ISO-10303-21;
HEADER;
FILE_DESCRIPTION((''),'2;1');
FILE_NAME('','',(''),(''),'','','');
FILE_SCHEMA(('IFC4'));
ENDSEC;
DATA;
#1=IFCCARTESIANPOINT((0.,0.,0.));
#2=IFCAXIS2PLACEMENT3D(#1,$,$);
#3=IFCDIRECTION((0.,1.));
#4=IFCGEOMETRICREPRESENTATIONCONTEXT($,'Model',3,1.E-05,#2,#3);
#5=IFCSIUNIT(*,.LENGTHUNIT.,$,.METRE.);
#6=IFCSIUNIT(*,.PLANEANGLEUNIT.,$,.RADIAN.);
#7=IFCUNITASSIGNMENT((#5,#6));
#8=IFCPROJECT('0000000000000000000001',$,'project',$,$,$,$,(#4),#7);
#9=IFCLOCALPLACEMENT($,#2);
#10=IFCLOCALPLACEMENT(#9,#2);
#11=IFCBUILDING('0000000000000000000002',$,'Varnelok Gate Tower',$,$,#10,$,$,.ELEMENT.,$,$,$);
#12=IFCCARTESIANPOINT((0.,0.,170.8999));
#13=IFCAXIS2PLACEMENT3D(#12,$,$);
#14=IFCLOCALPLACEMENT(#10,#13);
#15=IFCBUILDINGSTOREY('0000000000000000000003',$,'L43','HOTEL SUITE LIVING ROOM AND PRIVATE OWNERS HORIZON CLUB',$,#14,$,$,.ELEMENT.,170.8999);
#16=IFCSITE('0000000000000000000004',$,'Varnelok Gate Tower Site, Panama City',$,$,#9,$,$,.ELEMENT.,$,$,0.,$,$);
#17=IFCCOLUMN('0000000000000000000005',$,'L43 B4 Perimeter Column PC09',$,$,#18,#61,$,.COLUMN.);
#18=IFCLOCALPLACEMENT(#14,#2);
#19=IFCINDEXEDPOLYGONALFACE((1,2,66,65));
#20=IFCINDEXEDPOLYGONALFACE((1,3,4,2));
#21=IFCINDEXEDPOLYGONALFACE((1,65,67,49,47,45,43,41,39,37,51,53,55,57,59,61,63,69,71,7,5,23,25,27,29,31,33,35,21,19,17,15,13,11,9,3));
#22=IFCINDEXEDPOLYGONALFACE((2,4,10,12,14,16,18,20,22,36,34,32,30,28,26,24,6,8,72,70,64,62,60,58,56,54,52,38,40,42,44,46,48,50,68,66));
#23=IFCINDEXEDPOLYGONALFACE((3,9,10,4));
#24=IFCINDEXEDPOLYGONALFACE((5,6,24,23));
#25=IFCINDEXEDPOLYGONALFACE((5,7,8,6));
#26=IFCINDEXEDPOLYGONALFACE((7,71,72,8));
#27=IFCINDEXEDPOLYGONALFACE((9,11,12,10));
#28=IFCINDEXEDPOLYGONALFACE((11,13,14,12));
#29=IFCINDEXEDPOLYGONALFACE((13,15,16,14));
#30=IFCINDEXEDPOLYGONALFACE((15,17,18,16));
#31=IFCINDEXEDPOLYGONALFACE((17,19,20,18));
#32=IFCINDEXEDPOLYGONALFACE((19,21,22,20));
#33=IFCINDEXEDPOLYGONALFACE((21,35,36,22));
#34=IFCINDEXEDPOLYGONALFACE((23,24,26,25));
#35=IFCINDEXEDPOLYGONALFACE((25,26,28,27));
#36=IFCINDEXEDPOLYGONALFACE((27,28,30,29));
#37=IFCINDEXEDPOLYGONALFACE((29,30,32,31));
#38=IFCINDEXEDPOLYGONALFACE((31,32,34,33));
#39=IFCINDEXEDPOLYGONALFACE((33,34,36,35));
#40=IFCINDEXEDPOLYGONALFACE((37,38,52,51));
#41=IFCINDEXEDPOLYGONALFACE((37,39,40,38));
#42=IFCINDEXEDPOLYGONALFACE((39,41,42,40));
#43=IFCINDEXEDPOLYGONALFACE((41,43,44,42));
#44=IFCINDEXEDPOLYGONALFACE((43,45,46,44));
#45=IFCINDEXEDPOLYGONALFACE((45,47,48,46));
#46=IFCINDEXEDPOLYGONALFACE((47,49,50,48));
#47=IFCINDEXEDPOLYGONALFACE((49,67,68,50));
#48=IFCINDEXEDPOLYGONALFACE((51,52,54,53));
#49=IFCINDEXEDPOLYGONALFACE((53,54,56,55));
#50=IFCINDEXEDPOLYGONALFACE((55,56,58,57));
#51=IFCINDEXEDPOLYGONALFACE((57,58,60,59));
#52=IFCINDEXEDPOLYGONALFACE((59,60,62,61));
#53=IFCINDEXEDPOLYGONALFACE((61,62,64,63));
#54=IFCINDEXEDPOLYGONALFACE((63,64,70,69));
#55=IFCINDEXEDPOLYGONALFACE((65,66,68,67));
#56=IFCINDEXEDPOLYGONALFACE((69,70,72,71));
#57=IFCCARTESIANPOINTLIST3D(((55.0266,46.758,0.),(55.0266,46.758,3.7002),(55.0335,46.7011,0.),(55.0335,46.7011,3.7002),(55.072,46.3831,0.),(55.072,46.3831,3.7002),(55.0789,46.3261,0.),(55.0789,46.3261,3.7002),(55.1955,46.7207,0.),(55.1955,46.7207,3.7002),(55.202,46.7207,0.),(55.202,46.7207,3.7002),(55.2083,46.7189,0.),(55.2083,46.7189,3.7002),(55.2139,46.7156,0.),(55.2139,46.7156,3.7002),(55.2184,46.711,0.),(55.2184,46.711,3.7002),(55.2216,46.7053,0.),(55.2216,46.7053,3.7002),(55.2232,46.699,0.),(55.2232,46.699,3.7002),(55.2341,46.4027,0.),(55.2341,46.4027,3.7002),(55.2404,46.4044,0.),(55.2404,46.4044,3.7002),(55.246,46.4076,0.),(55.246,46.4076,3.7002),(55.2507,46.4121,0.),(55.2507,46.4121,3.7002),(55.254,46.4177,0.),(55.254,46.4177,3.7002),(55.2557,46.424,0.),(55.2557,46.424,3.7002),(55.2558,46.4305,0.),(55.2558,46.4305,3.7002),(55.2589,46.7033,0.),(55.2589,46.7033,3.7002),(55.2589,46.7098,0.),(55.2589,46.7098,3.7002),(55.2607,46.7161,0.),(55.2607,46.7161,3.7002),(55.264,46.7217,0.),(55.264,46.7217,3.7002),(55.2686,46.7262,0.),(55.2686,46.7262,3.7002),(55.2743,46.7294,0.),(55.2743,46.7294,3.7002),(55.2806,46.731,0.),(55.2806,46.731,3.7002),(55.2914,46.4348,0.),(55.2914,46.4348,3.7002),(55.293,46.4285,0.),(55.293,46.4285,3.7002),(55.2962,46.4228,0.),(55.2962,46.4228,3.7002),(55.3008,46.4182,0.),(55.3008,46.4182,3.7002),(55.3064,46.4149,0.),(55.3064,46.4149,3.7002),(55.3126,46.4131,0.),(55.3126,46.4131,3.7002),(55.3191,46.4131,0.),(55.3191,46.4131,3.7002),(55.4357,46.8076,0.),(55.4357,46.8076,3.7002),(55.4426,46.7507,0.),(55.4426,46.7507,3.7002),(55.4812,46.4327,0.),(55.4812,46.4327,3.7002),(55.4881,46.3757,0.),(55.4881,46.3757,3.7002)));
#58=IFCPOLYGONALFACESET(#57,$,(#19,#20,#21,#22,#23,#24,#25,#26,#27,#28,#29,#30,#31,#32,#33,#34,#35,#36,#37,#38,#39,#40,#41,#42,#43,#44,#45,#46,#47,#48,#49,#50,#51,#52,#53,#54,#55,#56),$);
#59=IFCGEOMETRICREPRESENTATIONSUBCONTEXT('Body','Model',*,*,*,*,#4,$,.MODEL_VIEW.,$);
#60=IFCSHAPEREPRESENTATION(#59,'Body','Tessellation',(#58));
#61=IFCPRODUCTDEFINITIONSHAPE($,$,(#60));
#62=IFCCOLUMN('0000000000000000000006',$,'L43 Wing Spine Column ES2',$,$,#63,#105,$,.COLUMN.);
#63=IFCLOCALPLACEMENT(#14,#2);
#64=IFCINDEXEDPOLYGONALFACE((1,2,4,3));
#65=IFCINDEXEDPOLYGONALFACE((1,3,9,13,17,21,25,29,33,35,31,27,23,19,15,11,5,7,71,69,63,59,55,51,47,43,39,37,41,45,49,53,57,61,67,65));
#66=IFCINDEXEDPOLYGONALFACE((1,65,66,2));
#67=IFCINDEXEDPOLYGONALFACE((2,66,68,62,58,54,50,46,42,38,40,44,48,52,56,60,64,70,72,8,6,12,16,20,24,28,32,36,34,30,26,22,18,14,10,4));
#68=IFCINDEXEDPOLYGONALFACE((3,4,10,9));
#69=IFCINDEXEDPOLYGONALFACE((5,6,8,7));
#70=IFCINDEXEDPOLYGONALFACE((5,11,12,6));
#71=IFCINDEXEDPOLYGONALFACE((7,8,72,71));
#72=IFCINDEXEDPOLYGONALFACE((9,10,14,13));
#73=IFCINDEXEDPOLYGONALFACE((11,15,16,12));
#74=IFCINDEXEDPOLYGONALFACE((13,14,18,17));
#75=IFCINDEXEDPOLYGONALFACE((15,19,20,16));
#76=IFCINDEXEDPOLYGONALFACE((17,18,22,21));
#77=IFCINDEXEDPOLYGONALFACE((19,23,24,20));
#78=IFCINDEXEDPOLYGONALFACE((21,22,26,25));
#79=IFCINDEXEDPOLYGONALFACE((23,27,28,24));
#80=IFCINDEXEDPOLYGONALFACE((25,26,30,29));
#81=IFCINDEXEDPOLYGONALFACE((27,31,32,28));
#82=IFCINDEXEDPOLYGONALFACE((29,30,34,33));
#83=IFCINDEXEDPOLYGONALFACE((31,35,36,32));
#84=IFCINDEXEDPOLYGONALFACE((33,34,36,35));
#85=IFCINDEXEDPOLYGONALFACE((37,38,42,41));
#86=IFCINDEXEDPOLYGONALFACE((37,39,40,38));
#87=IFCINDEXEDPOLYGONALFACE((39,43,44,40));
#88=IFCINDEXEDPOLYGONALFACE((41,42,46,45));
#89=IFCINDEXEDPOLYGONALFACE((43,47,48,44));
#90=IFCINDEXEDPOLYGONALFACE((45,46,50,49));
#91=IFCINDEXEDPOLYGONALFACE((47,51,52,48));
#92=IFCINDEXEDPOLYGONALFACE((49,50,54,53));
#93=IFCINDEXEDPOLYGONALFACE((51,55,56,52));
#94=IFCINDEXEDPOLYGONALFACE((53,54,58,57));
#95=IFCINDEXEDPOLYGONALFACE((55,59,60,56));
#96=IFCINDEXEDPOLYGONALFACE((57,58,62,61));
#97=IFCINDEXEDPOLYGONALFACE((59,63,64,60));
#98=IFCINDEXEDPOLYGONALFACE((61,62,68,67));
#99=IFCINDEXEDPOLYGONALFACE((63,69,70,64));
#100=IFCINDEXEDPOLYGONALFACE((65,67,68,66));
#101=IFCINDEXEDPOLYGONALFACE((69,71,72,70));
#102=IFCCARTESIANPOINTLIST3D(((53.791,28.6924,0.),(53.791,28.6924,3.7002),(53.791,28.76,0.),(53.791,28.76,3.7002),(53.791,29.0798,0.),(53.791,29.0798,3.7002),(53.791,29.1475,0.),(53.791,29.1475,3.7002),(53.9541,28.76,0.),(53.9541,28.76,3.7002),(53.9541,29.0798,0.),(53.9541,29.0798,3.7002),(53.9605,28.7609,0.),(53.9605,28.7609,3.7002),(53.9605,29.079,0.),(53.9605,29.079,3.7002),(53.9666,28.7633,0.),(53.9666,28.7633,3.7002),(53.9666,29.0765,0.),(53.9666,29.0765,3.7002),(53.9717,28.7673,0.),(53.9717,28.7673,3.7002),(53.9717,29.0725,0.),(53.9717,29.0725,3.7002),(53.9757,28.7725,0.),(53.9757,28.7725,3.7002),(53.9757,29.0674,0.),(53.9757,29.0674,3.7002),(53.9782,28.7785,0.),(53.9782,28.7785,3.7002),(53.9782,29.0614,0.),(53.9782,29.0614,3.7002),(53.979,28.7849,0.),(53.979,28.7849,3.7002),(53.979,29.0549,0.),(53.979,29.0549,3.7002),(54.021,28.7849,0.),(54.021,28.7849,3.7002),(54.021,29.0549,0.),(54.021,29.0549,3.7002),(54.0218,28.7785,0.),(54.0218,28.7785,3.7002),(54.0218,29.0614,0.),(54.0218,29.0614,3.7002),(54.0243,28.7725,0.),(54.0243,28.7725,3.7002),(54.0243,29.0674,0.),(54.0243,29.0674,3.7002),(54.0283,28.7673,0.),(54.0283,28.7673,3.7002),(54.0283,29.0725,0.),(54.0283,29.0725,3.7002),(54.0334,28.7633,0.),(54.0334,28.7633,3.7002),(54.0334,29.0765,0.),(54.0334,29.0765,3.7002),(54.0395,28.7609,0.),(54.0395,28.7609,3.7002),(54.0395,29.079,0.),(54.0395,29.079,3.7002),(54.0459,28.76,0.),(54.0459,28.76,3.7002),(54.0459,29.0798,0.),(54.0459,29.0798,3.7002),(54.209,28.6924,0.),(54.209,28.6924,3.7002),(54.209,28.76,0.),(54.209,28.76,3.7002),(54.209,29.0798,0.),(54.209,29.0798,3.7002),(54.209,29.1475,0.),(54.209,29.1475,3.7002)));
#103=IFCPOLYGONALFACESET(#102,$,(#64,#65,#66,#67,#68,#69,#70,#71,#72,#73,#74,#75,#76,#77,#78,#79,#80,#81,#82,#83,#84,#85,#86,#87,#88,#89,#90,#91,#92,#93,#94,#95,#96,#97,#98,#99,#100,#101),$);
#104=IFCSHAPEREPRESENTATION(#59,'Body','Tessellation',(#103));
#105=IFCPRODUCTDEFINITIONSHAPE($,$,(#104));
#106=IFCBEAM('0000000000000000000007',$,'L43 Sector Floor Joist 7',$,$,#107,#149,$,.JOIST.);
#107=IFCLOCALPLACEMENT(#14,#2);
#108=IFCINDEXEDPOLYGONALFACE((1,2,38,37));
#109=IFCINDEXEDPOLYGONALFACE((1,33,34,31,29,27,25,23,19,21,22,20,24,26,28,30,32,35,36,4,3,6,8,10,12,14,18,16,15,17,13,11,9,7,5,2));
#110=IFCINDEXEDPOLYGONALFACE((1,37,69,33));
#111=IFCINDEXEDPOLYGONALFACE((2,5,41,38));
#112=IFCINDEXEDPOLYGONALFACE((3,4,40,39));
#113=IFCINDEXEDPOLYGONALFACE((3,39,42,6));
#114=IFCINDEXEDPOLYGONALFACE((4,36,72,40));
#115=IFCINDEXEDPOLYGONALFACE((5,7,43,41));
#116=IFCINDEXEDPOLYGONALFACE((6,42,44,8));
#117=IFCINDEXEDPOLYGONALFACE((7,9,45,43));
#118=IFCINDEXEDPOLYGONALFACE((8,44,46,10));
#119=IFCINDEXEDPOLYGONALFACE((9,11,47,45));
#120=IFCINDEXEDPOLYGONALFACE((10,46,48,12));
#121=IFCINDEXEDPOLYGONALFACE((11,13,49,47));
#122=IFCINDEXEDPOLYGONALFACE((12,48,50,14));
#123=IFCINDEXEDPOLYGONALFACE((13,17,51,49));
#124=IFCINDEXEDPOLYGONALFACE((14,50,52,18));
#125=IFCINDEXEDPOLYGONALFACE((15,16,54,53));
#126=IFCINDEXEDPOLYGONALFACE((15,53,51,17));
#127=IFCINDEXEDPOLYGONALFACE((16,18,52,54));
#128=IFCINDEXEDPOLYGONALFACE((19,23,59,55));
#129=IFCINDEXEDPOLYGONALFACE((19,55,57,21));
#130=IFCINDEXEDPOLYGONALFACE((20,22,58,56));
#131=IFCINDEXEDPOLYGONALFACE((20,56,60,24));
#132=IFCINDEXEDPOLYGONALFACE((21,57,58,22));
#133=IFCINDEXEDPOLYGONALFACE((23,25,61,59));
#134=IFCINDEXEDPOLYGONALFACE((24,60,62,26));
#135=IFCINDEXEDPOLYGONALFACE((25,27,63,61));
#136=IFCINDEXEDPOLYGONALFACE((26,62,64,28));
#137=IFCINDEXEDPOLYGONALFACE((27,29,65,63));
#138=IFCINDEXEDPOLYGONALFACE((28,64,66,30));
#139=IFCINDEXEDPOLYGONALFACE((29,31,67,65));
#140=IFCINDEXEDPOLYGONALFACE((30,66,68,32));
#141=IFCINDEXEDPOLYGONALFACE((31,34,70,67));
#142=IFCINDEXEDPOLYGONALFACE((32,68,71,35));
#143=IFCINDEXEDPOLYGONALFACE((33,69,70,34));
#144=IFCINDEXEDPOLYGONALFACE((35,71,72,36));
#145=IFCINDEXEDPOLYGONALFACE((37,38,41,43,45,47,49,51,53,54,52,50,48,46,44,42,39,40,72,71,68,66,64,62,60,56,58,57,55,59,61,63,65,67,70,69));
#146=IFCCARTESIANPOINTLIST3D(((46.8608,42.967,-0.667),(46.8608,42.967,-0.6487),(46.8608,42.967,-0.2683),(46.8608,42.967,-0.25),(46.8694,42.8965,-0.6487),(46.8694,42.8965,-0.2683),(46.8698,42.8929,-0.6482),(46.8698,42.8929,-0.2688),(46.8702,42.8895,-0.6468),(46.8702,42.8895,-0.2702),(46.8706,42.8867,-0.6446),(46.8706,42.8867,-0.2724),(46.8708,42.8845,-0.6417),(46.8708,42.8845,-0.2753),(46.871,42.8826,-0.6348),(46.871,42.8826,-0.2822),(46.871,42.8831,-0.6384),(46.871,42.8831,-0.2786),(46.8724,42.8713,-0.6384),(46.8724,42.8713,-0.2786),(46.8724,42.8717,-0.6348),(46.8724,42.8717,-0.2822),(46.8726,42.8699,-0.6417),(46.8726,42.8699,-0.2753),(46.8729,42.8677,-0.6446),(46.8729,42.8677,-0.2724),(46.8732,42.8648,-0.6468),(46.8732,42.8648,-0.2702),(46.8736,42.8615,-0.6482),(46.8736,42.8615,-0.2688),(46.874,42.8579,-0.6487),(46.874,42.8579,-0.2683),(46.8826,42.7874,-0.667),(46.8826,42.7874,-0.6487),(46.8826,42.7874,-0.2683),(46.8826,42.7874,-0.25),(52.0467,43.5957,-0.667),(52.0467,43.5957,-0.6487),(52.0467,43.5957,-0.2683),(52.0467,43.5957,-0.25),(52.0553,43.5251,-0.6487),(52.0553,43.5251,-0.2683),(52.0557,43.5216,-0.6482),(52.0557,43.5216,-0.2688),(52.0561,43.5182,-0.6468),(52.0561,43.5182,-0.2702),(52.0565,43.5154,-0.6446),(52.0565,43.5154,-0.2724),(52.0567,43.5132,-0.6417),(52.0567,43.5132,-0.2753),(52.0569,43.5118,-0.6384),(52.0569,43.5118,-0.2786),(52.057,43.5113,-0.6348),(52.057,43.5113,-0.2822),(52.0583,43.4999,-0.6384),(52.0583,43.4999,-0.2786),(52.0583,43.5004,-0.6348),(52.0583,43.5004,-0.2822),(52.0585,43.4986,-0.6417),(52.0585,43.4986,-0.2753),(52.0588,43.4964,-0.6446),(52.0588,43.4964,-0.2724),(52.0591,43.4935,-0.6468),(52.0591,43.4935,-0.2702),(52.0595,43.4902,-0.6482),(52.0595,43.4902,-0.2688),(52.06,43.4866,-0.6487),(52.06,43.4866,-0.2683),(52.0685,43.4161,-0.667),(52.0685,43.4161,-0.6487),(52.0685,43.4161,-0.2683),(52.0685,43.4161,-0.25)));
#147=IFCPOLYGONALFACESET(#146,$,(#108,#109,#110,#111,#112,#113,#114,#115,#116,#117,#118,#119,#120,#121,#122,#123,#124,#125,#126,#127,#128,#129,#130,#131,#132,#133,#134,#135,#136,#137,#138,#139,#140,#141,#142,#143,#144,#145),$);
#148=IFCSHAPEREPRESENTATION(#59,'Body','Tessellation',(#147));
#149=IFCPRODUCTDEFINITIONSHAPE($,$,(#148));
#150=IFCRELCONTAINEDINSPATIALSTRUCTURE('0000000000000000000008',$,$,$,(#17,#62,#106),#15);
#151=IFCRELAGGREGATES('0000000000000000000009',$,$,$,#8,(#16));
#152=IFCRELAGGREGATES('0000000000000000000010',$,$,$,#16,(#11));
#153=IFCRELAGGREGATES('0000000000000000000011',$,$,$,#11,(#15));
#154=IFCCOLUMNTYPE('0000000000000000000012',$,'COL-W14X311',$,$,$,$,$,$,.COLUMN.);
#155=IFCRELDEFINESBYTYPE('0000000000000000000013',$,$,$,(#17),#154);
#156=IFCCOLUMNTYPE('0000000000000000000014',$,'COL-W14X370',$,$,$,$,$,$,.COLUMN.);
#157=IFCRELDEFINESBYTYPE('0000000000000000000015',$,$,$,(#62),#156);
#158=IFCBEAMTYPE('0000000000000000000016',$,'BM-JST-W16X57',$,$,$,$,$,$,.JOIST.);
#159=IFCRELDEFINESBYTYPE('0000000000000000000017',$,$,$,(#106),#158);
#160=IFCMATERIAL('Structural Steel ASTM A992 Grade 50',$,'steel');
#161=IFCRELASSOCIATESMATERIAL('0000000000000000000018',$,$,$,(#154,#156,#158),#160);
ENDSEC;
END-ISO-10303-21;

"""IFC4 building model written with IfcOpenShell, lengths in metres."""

from ifc_helpers import new_model, si_unit, direction, frame, origin, origin_2d, place, context, subcontext, project, spatial, i_section, extrude, material, material_profile, profile_set, type_object, element, save


model = new_model("IFC4")

# Units and contexts
model_context = context("Model", 3, precision=1e-05, world=origin(), true_north=direction((0.0, 1.0)))
body_context = subcontext(model_context, "Body", "Model", "MODEL_VIEW")
ifc_project = project(units=[si_unit("LENGTHUNIT", "METRE"), si_unit("PLANEANGLEUNIT", "RADIAN")], contexts=[model_context])

# Site, building, storey
site_placement = place(None, origin())
site = spatial("IfcSite", under=ifc_project, at=site_placement, Name="Varnelok Gate Tower Site, Panama City", CompositionType="ELEMENT", RefElevation=0.0)
building_placement = place(site_placement, origin())
building = spatial("IfcBuilding", under=site, at=building_placement, Name="Varnelok Gate Tower", CompositionType="ELEMENT")
storey_placement = place(building_placement, frame((0.0, 0.0, 170.8999)))
storey = spatial("IfcBuildingStorey", under=building, at=storey_placement, Name="L43", Description="HOTEL SUITE LIVING ROOM AND PRIVATE OWNERS HORIZON CLUB", CompositionType="ELEMENT", Elevation=170.8999)

# Columns
ifc_material_1 = material(Name="Structural Steel ASTM A992 Grade 50", Category="steel")
ifc_material_profile_1 = material_profile(ifc_material_1, i_section(OverallWidth=0.4121, OverallDepth=0.4351, WebThickness=0.0359, FlangeThickness=0.0574, FilletRadius=0.0249, at=origin_2d()), Name="W14X311")
ifc_profile_set_1 = profile_set([ifc_material_profile_1], Name="Structural Steel ASTM A992 Grade 50")
column_type_1 = type_object("IfcColumnType", Name="COL-W14X311", PredefinedType="COLUMN", material=ifc_profile_set_1)
column_1_placement = place(storey_placement, frame((55.2573, 46.5669, 0.0), z_axis=(0.0, 0.0, 1.0), x_axis=(0.992732, 0.120345, 0.0)))
element("IfcColumn", 1, at=column_1_placement, inside=storey, type_object=column_type_1, Name="L43 B4 Perimeter Column PC09", PredefinedType="COLUMN", context=body_context, shape_type="SweptSolid", body=[
    extrude(i_section(OverallWidth=0.4121, OverallDepth=0.4351, WebThickness=0.0359, FlangeThickness=0.0574, FilletRadius=0.0249, at=origin_2d()), origin(), (0.0, 0.0, 1.0), 3.7002),
])
ifc_material_profile_2 = material_profile(ifc_material_1, i_section(OverallWidth=0.418, OverallDepth=0.4551, WebThickness=0.042, FlangeThickness=0.0676, FilletRadius=0.0249, at=origin_2d()), Name="W14X370")
ifc_profile_set_2 = profile_set([ifc_material_profile_2], Name="Structural Steel ASTM A992 Grade 50")
column_type_2 = type_object("IfcColumnType", Name="COL-W14X370", PredefinedType="COLUMN", material=ifc_profile_set_2)
column_2_placement = place(storey_placement, frame((54.0, 28.9199, 0.0), z_axis=(0.0, 0.0, 1.0), x_axis=(1.0, 0.0, 0.0)))
element("IfcColumn", 2, at=column_2_placement, inside=storey, type_object=column_type_2, Name="L43 Wing Spine Column ES2", PredefinedType="COLUMN", context=body_context, shape_type="SweptSolid", body=[
    extrude(i_section(OverallWidth=0.418, OverallDepth=0.4551, WebThickness=0.042, FlangeThickness=0.0676, FilletRadius=0.0249, at=origin_2d()), origin(), (0.0, 0.0, 1.0), 3.7002),
])

# Beam
ifc_material_profile_3 = material_profile(ifc_material_1, i_section(OverallWidth=0.1809, OverallDepth=0.417, WebThickness=0.011, FlangeThickness=0.0183, FilletRadius=0.0139, at=origin_2d()), Name="W16X57")
ifc_profile_set_3 = profile_set([ifc_material_profile_3], Name="Structural Steel ASTM A992 Grade 50")
beam_type_1 = type_object("IfcBeamType", Name="BM-JST-W16X57", PredefinedType="JOIST", material=ifc_profile_set_3)
beam_1_placement = place(storey_placement, frame((52.0576, 43.5059, -0.4585), z_axis=(-0.992732, -0.120347, 0.0), x_axis=(0.120347, -0.992732, 0.0)))
element("IfcBeam", 3, at=beam_1_placement, inside=storey, type_object=beam_type_1, Name="L43 Sector Floor Joist 7", PredefinedType="JOIST", context=body_context, shape_type="SweptSolid", body=[
    extrude(i_section(OverallWidth=0.1809, OverallDepth=0.417, WebThickness=0.011, FlangeThickness=0.0183, FilletRadius=0.0139, at=origin_2d()), origin(), (0.0, 0.0, 1.0), 5.2239),
])

save(model, "model.ifc")
